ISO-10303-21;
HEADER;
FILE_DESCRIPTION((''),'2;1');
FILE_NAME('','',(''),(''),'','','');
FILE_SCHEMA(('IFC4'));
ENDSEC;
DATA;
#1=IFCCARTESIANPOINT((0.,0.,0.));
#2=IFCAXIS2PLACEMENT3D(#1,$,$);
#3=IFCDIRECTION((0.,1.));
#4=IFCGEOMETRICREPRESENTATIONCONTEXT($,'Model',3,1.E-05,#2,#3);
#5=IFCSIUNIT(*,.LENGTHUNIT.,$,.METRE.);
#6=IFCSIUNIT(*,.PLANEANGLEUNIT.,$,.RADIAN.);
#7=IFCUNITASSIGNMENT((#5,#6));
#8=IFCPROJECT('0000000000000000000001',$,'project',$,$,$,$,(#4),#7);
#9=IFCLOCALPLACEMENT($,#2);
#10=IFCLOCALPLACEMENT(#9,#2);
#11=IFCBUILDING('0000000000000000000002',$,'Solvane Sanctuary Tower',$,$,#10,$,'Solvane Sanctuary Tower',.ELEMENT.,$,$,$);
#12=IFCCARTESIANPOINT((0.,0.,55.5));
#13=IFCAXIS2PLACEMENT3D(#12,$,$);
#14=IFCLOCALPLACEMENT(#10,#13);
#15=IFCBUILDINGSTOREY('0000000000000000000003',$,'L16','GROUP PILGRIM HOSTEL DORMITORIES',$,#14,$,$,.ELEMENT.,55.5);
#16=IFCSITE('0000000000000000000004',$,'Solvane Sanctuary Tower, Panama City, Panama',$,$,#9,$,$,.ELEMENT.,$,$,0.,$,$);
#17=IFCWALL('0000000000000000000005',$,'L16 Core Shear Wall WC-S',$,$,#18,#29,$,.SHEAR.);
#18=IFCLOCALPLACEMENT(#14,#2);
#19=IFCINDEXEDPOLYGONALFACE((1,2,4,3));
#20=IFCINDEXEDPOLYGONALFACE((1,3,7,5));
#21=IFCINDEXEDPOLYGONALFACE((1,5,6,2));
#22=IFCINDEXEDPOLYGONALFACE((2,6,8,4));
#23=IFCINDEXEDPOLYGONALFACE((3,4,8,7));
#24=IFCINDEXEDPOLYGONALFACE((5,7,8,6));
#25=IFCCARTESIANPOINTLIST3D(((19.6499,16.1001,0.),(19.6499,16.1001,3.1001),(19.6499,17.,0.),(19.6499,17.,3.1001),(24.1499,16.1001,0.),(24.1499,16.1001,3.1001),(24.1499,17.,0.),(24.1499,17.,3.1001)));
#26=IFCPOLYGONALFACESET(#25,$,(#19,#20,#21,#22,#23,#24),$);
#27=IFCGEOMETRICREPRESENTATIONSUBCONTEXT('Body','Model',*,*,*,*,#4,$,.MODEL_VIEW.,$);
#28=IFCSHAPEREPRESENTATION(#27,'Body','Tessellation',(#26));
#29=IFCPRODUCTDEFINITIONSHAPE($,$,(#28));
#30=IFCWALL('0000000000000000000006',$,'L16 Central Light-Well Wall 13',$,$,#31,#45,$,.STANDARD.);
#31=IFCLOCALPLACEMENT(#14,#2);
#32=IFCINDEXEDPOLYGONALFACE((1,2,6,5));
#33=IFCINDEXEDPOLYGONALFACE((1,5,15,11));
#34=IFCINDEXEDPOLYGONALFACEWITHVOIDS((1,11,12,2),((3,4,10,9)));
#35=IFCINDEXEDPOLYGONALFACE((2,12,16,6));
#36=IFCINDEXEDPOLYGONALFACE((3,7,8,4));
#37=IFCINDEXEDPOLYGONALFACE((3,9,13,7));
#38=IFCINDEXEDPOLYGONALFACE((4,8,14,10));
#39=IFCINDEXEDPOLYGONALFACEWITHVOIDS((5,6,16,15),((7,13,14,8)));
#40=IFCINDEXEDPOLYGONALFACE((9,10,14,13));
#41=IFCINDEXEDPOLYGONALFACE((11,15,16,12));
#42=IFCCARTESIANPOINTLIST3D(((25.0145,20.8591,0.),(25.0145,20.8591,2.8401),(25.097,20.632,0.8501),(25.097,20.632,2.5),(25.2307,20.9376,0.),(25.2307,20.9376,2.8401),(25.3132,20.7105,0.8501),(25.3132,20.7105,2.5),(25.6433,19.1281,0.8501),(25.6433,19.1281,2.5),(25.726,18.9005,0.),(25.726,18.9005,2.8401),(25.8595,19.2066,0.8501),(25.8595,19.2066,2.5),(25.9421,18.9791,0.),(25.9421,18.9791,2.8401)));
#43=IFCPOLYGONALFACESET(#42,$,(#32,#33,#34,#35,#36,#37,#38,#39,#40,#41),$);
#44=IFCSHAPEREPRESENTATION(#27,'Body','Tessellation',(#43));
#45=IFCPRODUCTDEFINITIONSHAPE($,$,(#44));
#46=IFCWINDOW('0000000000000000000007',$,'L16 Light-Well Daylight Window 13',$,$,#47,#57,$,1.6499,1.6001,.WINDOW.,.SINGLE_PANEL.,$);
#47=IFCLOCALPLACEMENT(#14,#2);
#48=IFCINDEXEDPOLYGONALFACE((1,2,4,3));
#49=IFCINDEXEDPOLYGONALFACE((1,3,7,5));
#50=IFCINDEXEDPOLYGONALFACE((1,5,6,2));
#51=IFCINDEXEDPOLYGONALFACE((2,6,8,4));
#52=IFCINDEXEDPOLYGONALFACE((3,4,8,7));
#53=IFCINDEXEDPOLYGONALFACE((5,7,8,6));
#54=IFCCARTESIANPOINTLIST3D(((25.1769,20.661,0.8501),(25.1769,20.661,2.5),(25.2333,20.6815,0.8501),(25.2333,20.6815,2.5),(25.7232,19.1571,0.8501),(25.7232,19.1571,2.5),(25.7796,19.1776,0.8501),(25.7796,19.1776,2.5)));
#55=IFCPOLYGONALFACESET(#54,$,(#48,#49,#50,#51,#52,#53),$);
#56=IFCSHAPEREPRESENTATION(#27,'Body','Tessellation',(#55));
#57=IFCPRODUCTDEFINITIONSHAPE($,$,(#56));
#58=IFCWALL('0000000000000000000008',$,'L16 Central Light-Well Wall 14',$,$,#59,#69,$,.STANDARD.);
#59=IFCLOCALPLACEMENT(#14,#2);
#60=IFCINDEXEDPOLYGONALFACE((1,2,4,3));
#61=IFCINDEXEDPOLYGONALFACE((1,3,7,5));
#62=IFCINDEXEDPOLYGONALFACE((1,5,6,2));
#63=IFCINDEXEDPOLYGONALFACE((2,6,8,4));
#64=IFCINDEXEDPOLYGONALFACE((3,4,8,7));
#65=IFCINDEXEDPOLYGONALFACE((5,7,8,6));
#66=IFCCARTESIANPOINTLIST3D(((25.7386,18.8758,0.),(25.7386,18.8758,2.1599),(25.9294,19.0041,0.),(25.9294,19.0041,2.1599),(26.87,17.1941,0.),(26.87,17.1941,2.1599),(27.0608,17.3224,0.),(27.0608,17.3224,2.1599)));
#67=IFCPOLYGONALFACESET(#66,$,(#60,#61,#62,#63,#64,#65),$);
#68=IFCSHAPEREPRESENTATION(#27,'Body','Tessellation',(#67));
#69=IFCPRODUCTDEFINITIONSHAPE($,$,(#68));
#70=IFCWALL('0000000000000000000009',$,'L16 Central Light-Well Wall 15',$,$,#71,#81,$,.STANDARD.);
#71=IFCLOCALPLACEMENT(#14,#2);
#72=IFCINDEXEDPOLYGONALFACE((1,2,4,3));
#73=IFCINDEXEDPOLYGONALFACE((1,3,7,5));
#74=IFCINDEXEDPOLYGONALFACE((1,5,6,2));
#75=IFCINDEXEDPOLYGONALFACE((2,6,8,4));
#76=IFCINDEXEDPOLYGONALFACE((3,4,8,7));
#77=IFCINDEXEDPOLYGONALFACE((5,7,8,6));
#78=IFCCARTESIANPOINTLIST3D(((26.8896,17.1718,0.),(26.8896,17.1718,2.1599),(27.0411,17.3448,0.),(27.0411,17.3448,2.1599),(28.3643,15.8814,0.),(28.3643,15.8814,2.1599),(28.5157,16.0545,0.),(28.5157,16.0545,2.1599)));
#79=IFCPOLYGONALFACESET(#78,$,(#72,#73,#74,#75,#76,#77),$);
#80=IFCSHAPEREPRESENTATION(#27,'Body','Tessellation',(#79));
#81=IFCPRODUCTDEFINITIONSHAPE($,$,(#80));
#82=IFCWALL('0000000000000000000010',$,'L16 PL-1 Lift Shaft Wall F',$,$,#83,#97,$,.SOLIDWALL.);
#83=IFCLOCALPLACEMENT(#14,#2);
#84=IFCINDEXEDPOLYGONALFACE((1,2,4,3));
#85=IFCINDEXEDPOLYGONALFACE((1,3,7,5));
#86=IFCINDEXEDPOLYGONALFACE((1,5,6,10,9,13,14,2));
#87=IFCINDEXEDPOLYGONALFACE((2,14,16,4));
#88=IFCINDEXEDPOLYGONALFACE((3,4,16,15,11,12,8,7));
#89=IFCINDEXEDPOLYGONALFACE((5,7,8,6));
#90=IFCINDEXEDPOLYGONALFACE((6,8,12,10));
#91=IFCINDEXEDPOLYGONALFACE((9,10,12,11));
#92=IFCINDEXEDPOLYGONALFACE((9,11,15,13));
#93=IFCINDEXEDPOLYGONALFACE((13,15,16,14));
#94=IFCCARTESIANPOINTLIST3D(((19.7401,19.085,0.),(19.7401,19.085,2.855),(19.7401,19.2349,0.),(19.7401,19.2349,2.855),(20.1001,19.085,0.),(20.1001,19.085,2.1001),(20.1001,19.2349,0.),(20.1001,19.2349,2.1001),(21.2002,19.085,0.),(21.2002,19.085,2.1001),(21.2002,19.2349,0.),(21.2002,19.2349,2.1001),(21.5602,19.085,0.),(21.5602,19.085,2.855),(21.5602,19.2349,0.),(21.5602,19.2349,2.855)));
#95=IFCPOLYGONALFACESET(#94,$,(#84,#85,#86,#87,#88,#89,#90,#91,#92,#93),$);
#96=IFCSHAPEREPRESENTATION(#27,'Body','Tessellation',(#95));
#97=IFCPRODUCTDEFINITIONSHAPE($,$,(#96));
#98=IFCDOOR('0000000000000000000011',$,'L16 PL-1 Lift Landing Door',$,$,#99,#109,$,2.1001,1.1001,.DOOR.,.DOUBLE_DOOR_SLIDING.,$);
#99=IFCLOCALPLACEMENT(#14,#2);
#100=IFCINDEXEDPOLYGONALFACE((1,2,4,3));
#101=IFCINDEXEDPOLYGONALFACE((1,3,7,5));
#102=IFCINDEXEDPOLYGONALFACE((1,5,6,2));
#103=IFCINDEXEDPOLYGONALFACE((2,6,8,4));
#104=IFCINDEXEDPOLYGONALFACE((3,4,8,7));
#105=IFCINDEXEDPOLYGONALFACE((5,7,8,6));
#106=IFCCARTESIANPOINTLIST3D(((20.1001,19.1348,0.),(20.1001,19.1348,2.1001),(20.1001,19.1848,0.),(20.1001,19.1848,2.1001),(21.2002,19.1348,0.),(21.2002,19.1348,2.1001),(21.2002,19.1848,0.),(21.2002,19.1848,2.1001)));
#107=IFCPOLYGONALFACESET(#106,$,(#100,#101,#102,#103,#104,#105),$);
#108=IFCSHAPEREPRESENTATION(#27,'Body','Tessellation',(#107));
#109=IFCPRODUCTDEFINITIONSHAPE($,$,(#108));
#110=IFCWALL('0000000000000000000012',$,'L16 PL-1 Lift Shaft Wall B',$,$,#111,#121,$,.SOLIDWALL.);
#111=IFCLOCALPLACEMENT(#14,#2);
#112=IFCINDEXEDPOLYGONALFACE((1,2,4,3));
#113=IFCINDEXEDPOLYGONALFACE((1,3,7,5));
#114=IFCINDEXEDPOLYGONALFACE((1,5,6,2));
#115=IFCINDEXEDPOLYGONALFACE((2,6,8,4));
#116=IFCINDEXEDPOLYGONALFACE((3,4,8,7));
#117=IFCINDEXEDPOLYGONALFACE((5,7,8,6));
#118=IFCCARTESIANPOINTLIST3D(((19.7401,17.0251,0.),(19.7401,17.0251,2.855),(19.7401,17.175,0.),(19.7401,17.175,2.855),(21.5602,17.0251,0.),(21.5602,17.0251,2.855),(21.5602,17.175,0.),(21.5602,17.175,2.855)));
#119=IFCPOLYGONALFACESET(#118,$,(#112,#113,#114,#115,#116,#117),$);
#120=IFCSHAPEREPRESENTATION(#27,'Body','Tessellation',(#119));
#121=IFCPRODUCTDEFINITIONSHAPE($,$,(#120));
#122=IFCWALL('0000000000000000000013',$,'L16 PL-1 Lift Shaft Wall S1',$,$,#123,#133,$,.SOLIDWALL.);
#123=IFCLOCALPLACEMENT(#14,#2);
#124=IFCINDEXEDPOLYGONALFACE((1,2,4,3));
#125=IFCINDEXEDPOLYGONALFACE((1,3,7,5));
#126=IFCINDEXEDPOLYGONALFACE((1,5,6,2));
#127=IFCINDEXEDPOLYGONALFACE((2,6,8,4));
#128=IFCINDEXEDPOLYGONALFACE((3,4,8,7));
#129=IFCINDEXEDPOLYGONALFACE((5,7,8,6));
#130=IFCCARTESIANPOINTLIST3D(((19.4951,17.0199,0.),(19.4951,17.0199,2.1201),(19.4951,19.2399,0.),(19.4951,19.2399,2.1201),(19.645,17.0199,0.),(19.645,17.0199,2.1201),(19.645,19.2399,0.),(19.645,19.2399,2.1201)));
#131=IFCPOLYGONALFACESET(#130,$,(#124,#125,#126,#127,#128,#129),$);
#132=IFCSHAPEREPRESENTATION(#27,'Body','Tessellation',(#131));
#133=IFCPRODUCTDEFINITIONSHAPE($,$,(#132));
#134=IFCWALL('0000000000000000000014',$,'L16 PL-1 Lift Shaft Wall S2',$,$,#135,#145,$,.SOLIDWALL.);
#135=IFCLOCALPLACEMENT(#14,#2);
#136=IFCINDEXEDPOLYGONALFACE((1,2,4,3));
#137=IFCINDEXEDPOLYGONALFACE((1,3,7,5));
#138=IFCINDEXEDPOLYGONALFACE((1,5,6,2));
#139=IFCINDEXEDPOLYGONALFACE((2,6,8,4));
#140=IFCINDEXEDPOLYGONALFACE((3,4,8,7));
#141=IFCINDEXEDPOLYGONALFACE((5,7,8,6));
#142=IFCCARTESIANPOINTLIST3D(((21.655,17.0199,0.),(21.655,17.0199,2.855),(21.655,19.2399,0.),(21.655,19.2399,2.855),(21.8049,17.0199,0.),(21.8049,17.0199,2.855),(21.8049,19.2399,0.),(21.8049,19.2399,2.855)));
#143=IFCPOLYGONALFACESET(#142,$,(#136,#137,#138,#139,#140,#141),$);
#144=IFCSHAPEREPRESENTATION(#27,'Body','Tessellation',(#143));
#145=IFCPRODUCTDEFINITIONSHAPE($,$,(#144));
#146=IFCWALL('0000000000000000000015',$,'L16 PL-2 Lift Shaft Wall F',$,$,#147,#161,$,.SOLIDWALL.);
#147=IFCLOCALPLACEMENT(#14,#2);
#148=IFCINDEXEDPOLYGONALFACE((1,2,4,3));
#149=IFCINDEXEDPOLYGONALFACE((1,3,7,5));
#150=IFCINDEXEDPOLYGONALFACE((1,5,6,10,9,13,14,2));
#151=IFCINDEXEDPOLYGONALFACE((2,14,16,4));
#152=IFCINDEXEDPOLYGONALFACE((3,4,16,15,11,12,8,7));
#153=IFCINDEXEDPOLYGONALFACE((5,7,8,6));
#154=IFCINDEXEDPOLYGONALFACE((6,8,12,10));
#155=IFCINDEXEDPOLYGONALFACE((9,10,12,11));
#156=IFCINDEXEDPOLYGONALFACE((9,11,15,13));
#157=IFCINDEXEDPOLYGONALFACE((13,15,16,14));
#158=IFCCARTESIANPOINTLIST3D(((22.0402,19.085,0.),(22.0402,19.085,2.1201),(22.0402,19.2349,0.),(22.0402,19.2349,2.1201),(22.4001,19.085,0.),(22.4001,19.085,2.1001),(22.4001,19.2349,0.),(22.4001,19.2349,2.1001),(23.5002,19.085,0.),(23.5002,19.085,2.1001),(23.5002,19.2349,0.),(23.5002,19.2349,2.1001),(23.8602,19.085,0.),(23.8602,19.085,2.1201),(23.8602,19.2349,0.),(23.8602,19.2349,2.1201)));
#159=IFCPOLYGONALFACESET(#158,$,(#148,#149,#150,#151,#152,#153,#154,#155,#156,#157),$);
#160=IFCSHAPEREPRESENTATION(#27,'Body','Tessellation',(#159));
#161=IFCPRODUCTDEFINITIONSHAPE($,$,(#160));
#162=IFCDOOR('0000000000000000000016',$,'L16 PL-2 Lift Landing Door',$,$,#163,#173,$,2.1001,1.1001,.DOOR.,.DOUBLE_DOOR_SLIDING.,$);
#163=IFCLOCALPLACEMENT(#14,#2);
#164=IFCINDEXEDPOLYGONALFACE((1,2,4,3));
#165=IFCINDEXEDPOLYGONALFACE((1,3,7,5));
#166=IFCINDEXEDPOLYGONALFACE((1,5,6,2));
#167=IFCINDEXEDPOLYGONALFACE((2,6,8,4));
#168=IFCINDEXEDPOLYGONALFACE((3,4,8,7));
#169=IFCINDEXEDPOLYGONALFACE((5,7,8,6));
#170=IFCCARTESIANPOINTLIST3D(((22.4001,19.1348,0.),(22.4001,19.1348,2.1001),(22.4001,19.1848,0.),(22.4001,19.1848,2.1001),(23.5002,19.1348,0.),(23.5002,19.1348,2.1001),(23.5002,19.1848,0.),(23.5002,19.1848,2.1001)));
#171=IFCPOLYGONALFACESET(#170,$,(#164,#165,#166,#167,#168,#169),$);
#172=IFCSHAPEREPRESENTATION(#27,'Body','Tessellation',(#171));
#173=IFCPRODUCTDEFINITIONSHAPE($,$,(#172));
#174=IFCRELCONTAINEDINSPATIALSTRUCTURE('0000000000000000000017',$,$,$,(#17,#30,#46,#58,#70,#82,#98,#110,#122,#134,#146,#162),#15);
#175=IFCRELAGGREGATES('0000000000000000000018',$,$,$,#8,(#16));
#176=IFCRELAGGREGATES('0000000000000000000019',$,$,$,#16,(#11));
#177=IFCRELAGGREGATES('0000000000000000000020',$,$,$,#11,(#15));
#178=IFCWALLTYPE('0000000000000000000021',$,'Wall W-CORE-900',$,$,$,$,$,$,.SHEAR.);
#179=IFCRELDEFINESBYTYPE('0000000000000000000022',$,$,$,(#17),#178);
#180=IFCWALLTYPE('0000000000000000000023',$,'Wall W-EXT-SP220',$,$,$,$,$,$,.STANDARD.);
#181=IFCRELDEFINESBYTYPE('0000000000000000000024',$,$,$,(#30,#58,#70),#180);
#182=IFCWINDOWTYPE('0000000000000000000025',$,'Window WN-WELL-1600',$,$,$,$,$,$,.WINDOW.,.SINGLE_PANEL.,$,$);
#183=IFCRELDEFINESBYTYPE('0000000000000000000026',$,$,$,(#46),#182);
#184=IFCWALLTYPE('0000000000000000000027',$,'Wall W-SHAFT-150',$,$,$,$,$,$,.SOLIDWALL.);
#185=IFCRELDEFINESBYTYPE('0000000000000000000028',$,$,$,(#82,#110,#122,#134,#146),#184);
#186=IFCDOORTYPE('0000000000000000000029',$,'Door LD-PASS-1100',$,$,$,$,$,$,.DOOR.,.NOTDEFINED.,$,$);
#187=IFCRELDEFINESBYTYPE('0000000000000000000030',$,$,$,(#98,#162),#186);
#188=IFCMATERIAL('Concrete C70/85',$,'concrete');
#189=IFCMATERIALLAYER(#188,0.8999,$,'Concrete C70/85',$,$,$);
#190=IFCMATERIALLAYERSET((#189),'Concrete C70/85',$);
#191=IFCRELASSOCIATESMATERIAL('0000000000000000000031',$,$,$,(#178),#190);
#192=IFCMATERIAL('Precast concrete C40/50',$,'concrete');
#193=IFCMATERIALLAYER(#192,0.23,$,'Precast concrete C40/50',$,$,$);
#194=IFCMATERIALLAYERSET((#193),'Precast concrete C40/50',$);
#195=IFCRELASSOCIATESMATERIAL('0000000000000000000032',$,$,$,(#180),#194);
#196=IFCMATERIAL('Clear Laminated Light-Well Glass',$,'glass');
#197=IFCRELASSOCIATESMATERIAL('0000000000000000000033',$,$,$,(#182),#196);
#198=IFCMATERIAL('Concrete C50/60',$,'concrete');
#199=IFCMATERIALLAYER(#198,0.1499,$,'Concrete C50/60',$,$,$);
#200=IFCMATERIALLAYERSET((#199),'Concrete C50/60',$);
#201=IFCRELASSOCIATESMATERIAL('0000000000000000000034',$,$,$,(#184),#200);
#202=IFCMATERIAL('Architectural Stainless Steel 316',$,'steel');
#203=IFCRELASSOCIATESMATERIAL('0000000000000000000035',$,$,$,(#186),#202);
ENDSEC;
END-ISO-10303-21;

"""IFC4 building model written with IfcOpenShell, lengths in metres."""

from ifc_helpers import new_model, si_unit, direction, frame, frame_2d, origin, place, context, subcontext, project, spatial, rectangle, extrude, material, layer, layer_set, type_object, element, fill, save


model = new_model("IFC4")

# Units and contexts
model_context = context("Model", 3, precision=1e-05, world=origin(), true_north=direction((0.0, 1.0)))
body_context = subcontext(model_context, "Body", "Model", "MODEL_VIEW")
ifc_project = project(units=[si_unit("LENGTHUNIT", "METRE"), si_unit("PLANEANGLEUNIT", "RADIAN")], contexts=[model_context])

# Site, building, storey
site_placement = place(None, origin())
site = spatial("IfcSite", under=ifc_project, at=site_placement, Name="Solvane Sanctuary Tower, Panama City, Panama", CompositionType="ELEMENT", RefElevation=0.0)
building_placement = place(site_placement, origin())
building = spatial("IfcBuilding", under=site, at=building_placement, Name="Solvane Sanctuary Tower", LongName="Solvane Sanctuary Tower", CompositionType="ELEMENT")
storey_placement = place(building_placement, frame((0.0, 0.0, 55.5)))
storey = spatial("IfcBuildingStorey", under=building, at=storey_placement, Name="L16", Description="GROUP PILGRIM HOSTEL DORMITORIES", CompositionType="ELEMENT", Elevation=55.5)

# Shared definitions
ifc_material_1 = material(Name="Concrete C70/85", Category="concrete")

# Wall
ifc_layer_1 = layer(ifc_material_1, 0.8999, Name="Concrete C70/85")
ifc_layer_set_1 = layer_set([ifc_layer_1], Name="Concrete C70/85")
wall_type_1 = type_object("IfcWallType", Name="Wall W-CORE-900", PredefinedType="SHEAR", material=ifc_layer_set_1)
wall_1_placement = place(storey_placement, frame((19.6499, 16.55, 0.0), z_axis=(0.0, 0.0, 1.0), x_axis=(1.0, 0.0, 0.0)))
element("IfcWall", 1, at=wall_1_placement, inside=storey, type_object=wall_type_1, Name="L16 Core Shear Wall WC-S", PredefinedType="SHEAR", context=body_context, shape_type="SweptSolid", body=[
    extrude(rectangle(XDim=4.5, YDim=0.8999, at=frame_2d((2.25, 0.0))), origin(), (0.0, 0.0, 1.0), 3.1001),
])

# Wall, opening, window
ifc_material_2 = material(Name="Precast concrete C40/50", Category="concrete")
ifc_layer_2 = layer(ifc_material_2, 0.23, Name="Precast concrete C40/50")
ifc_layer_set_2 = layer_set([ifc_layer_2], Name="Precast concrete C40/50")
wall_type_2 = type_object("IfcWallType", Name="Wall W-EXT-SP220", PredefinedType="STANDARD", material=ifc_layer_set_2)
wall_2_placement = place(storey_placement, frame((25.1226, 20.8984, 0.0), z_axis=(0.0, 0.0, 1.0), x_axis=(0.341423, -0.93991, 0.0)))
wall_2 = element("IfcWall", 2, at=wall_2_placement, inside=storey, type_object=wall_type_2, Name="L16 Central Light-Well Wall 13", PredefinedType="STANDARD", context=body_context, shape_type="SweptSolid", body=[
    extrude(rectangle(XDim=2.0837, YDim=0.23, at=frame_2d((1.042, 0.0))), origin(), (0.0, 0.0, 1.0), 2.8401),
])
opening_1_placement = place(wall_2_placement, frame((0.2417, 0.0, 0.8501)))
opening_1 = element("IfcOpeningElement", 3, at=opening_1_placement, cuts=wall_2, PredefinedType="OPENING", context=body_context, shape_type="SweptSolid", body=[
    extrude(rectangle(XDim=1.6001, YDim=1.6499, at=frame_2d((0.8, 0.825))), frame((0.0, 0.125, 0.0), z_axis=(0.0, -1.0, 0.0), x_axis=(1.0, 0.0, 0.0)), (0.0, 0.0, 1.0), 0.25),
])
ifc_material_3 = material(Name="Clear Laminated Light-Well Glass", Category="glass")
window_type = type_object("IfcWindowType", Name="Window WN-WELL-1600", PartitioningType="SINGLE_PANEL", PredefinedType="WINDOW", material=ifc_material_3)
window_placement = place(opening_1_placement, origin())
window = element("IfcWindow", 4, at=window_placement, inside=storey, type_object=window_type, Name="L16 Light-Well Daylight Window 13", OverallHeight=1.6499, OverallWidth=1.6001, PartitioningType="SINGLE_PANEL", PredefinedType="WINDOW", context=body_context, shape_type="SweptSolid", body=[
    extrude(rectangle(XDim=1.6001, YDim=1.6499, at=frame_2d((0.8, 0.825))), frame((0.0, 0.03, 0.0), z_axis=(0.0, -1.0, 0.0), x_axis=(1.0, 0.0, 0.0)), (0.0, 0.0, 1.0), 0.0601),
])
fill(opening_1, window)

# Walls
wall_3_placement = place(storey_placement, frame((25.834, 18.9399, 0.0), z_axis=(0.0, 0.0, 1.0), x_axis=(0.558198, -0.829708, 0.0)))
element("IfcWall", 5, at=wall_3_placement, inside=storey, type_object=wall_type_2, Name="L16 Central Light-Well Wall 14", PredefinedType="STANDARD", context=body_context, shape_type="SweptSolid", body=[
    extrude(rectangle(XDim=2.0269, YDim=0.23, at=frame_2d((1.0134, 0.0))), origin(), (0.0, 0.0, 1.0), 2.1599),
])
wall_4_placement = place(storey_placement, frame((26.9653, 17.2583, 0.0), z_axis=(0.0, 0.0, 1.0), x_axis=(0.752577, -0.658505, 0.0)))
element("IfcWall", 6, at=wall_4_placement, inside=storey, type_object=wall_type_2, Name="L16 Central Light-Well Wall 15", PredefinedType="STANDARD", context=body_context, shape_type="SweptSolid", body=[
    extrude(rectangle(XDim=1.9595, YDim=0.23, at=frame_2d((0.9797, 0.0))), origin(), (0.0, 0.0, 1.0), 2.1599),
])

# Wall, opening, door
ifc_material_4 = material(Name="Concrete C50/60", Category="concrete")
ifc_layer_3 = layer(ifc_material_4, 0.1499, Name="Concrete C50/60")
ifc_layer_set_3 = layer_set([ifc_layer_3], Name="Concrete C50/60")
wall_type_3 = type_object("IfcWallType", Name="Wall W-SHAFT-150", PredefinedType="SOLIDWALL", material=ifc_layer_set_3)
wall_5_placement = place(storey_placement, frame((19.74, 19.1599, 0.0), z_axis=(0.0, 0.0, 1.0), x_axis=(1.0, 0.0, 0.0)))
wall_5 = element("IfcWall", 7, at=wall_5_placement, inside=storey, type_object=wall_type_3, Name="L16 PL-1 Lift Shaft Wall F", PredefinedType="SOLIDWALL", context=body_context, shape_type="SweptSolid", body=[
    extrude(rectangle(XDim=1.8201, YDim=0.1499, at=frame_2d((0.9102, 0.0))), origin(), (0.0, 0.0, 1.0), 2.855),
])
opening_2_placement = place(wall_5_placement, frame((0.3601, 0.0, 0.0)))
opening_2 = element("IfcOpeningElement", 8, at=opening_2_placement, cuts=wall_5, PredefinedType="OPENING", context=body_context, shape_type="SweptSolid", body=[
    extrude(rectangle(XDim=1.1001, YDim=2.1001, at=frame_2d((0.55, 1.05))), frame((0.0, 0.085, 0.0), z_axis=(0.0, -1.0, 0.0), x_axis=(1.0, 0.0, 0.0)), (0.0, 0.0, 1.0), 0.1699),
])
ifc_material_5 = material(Name="Architectural Stainless Steel 316", Category="steel")
door_type = type_object("IfcDoorType", Name="Door LD-PASS-1100", OperationType="NOTDEFINED", PredefinedType="DOOR", material=ifc_material_5)
door_1_placement = place(opening_2_placement, origin())
door_1 = element("IfcDoor", 9, at=door_1_placement, inside=storey, type_object=door_type, Name="L16 PL-1 Lift Landing Door", OperationType="DOUBLE_DOOR_SLIDING", OverallHeight=2.1001, OverallWidth=1.1001, PredefinedType="DOOR", context=body_context, shape_type="SweptSolid", body=[
    extrude(rectangle(XDim=1.1001, YDim=2.1001, at=frame_2d((0.55, 1.05))), frame((0.0, 0.0249, 0.0), z_axis=(0.0, -1.0, 0.0), x_axis=(1.0, 0.0, 0.0)), (0.0, 0.0, 1.0), 0.05),
])
fill(opening_2, door_1)

# Walls
wall_6_placement = place(storey_placement, frame((19.74, 17.1001, 0.0), z_axis=(0.0, 0.0, 1.0), x_axis=(1.0, 0.0, 0.0)))
element("IfcWall", 10, at=wall_6_placement, inside=storey, type_object=wall_type_3, Name="L16 PL-1 Lift Shaft Wall B", PredefinedType="SOLIDWALL", context=body_context, shape_type="SweptSolid", body=[
    extrude(rectangle(XDim=1.8201, YDim=0.1499, at=frame_2d((0.9102, 0.0))), origin(), (0.0, 0.0, 1.0), 2.855),
])
wall_7_placement = place(storey_placement, frame((19.5701, 17.02, 0.0), z_axis=(0.0, 0.0, 1.0), x_axis=(0.0, 1.0, 0.0)))
element("IfcWall", 11, at=wall_7_placement, inside=storey, type_object=wall_type_3, Name="L16 PL-1 Lift Shaft Wall S1", PredefinedType="SOLIDWALL", context=body_context, shape_type="SweptSolid", body=[
    extrude(rectangle(XDim=2.22, YDim=0.1499, at=frame_2d((1.1099, 0.0))), origin(), (0.0, 0.0, 1.0), 2.1201),
])
wall_8_placement = place(storey_placement, frame((21.73, 17.02, 0.0), z_axis=(0.0, 0.0, 1.0), x_axis=(0.0, 1.0, 0.0)))
element("IfcWall", 12, at=wall_8_placement, inside=storey, type_object=wall_type_3, Name="L16 PL-1 Lift Shaft Wall S2", PredefinedType="SOLIDWALL", context=body_context, shape_type="SweptSolid", body=[
    extrude(rectangle(XDim=2.22, YDim=0.1499, at=frame_2d((1.1099, 0.0))), origin(), (0.0, 0.0, 1.0), 2.855),
])

# Wall, opening, door
wall_9_placement = place(storey_placement, frame((22.04, 19.1599, 0.0), z_axis=(0.0, 0.0, 1.0), x_axis=(1.0, 0.0, 0.0)))
wall_9 = element("IfcWall", 13, at=wall_9_placement, inside=storey, type_object=wall_type_3, Name="L16 PL-2 Lift Shaft Wall F", PredefinedType="SOLIDWALL", context=body_context, shape_type="SweptSolid", body=[
    extrude(rectangle(XDim=1.8201, YDim=0.1499, at=frame_2d((0.9102, 0.0))), origin(), (0.0, 0.0, 1.0), 2.1201),
])
opening_3_placement = place(wall_9_placement, frame((0.3601, 0.0, 0.0)))
opening_3 = element("IfcOpeningElement", 14, at=opening_3_placement, cuts=wall_9, PredefinedType="OPENING", context=body_context, shape_type="SweptSolid", body=[
    extrude(rectangle(XDim=1.1001, YDim=2.1001, at=frame_2d((0.55, 1.05))), frame((0.0, 0.085, 0.0), z_axis=(0.0, -1.0, 0.0), x_axis=(1.0, 0.0, 0.0)), (0.0, 0.0, 1.0), 0.1699),
])
door_2_placement = place(opening_3_placement, origin())
door_2 = element("IfcDoor", 15, at=door_2_placement, inside=storey, type_object=door_type, Name="L16 PL-2 Lift Landing Door", OperationType="DOUBLE_DOOR_SLIDING", OverallHeight=2.1001, OverallWidth=1.1001, PredefinedType="DOOR", context=body_context, shape_type="SweptSolid", body=[
    extrude(rectangle(XDim=1.1001, YDim=2.1001, at=frame_2d((0.55, 1.05))), frame((0.0, 0.0249, 0.0), z_axis=(0.0, -1.0, 0.0), x_axis=(1.0, 0.0, 0.0)), (0.0, 0.0, 1.0), 0.05),
])
fill(opening_3, door_2)

save(model, "model.ifc")
